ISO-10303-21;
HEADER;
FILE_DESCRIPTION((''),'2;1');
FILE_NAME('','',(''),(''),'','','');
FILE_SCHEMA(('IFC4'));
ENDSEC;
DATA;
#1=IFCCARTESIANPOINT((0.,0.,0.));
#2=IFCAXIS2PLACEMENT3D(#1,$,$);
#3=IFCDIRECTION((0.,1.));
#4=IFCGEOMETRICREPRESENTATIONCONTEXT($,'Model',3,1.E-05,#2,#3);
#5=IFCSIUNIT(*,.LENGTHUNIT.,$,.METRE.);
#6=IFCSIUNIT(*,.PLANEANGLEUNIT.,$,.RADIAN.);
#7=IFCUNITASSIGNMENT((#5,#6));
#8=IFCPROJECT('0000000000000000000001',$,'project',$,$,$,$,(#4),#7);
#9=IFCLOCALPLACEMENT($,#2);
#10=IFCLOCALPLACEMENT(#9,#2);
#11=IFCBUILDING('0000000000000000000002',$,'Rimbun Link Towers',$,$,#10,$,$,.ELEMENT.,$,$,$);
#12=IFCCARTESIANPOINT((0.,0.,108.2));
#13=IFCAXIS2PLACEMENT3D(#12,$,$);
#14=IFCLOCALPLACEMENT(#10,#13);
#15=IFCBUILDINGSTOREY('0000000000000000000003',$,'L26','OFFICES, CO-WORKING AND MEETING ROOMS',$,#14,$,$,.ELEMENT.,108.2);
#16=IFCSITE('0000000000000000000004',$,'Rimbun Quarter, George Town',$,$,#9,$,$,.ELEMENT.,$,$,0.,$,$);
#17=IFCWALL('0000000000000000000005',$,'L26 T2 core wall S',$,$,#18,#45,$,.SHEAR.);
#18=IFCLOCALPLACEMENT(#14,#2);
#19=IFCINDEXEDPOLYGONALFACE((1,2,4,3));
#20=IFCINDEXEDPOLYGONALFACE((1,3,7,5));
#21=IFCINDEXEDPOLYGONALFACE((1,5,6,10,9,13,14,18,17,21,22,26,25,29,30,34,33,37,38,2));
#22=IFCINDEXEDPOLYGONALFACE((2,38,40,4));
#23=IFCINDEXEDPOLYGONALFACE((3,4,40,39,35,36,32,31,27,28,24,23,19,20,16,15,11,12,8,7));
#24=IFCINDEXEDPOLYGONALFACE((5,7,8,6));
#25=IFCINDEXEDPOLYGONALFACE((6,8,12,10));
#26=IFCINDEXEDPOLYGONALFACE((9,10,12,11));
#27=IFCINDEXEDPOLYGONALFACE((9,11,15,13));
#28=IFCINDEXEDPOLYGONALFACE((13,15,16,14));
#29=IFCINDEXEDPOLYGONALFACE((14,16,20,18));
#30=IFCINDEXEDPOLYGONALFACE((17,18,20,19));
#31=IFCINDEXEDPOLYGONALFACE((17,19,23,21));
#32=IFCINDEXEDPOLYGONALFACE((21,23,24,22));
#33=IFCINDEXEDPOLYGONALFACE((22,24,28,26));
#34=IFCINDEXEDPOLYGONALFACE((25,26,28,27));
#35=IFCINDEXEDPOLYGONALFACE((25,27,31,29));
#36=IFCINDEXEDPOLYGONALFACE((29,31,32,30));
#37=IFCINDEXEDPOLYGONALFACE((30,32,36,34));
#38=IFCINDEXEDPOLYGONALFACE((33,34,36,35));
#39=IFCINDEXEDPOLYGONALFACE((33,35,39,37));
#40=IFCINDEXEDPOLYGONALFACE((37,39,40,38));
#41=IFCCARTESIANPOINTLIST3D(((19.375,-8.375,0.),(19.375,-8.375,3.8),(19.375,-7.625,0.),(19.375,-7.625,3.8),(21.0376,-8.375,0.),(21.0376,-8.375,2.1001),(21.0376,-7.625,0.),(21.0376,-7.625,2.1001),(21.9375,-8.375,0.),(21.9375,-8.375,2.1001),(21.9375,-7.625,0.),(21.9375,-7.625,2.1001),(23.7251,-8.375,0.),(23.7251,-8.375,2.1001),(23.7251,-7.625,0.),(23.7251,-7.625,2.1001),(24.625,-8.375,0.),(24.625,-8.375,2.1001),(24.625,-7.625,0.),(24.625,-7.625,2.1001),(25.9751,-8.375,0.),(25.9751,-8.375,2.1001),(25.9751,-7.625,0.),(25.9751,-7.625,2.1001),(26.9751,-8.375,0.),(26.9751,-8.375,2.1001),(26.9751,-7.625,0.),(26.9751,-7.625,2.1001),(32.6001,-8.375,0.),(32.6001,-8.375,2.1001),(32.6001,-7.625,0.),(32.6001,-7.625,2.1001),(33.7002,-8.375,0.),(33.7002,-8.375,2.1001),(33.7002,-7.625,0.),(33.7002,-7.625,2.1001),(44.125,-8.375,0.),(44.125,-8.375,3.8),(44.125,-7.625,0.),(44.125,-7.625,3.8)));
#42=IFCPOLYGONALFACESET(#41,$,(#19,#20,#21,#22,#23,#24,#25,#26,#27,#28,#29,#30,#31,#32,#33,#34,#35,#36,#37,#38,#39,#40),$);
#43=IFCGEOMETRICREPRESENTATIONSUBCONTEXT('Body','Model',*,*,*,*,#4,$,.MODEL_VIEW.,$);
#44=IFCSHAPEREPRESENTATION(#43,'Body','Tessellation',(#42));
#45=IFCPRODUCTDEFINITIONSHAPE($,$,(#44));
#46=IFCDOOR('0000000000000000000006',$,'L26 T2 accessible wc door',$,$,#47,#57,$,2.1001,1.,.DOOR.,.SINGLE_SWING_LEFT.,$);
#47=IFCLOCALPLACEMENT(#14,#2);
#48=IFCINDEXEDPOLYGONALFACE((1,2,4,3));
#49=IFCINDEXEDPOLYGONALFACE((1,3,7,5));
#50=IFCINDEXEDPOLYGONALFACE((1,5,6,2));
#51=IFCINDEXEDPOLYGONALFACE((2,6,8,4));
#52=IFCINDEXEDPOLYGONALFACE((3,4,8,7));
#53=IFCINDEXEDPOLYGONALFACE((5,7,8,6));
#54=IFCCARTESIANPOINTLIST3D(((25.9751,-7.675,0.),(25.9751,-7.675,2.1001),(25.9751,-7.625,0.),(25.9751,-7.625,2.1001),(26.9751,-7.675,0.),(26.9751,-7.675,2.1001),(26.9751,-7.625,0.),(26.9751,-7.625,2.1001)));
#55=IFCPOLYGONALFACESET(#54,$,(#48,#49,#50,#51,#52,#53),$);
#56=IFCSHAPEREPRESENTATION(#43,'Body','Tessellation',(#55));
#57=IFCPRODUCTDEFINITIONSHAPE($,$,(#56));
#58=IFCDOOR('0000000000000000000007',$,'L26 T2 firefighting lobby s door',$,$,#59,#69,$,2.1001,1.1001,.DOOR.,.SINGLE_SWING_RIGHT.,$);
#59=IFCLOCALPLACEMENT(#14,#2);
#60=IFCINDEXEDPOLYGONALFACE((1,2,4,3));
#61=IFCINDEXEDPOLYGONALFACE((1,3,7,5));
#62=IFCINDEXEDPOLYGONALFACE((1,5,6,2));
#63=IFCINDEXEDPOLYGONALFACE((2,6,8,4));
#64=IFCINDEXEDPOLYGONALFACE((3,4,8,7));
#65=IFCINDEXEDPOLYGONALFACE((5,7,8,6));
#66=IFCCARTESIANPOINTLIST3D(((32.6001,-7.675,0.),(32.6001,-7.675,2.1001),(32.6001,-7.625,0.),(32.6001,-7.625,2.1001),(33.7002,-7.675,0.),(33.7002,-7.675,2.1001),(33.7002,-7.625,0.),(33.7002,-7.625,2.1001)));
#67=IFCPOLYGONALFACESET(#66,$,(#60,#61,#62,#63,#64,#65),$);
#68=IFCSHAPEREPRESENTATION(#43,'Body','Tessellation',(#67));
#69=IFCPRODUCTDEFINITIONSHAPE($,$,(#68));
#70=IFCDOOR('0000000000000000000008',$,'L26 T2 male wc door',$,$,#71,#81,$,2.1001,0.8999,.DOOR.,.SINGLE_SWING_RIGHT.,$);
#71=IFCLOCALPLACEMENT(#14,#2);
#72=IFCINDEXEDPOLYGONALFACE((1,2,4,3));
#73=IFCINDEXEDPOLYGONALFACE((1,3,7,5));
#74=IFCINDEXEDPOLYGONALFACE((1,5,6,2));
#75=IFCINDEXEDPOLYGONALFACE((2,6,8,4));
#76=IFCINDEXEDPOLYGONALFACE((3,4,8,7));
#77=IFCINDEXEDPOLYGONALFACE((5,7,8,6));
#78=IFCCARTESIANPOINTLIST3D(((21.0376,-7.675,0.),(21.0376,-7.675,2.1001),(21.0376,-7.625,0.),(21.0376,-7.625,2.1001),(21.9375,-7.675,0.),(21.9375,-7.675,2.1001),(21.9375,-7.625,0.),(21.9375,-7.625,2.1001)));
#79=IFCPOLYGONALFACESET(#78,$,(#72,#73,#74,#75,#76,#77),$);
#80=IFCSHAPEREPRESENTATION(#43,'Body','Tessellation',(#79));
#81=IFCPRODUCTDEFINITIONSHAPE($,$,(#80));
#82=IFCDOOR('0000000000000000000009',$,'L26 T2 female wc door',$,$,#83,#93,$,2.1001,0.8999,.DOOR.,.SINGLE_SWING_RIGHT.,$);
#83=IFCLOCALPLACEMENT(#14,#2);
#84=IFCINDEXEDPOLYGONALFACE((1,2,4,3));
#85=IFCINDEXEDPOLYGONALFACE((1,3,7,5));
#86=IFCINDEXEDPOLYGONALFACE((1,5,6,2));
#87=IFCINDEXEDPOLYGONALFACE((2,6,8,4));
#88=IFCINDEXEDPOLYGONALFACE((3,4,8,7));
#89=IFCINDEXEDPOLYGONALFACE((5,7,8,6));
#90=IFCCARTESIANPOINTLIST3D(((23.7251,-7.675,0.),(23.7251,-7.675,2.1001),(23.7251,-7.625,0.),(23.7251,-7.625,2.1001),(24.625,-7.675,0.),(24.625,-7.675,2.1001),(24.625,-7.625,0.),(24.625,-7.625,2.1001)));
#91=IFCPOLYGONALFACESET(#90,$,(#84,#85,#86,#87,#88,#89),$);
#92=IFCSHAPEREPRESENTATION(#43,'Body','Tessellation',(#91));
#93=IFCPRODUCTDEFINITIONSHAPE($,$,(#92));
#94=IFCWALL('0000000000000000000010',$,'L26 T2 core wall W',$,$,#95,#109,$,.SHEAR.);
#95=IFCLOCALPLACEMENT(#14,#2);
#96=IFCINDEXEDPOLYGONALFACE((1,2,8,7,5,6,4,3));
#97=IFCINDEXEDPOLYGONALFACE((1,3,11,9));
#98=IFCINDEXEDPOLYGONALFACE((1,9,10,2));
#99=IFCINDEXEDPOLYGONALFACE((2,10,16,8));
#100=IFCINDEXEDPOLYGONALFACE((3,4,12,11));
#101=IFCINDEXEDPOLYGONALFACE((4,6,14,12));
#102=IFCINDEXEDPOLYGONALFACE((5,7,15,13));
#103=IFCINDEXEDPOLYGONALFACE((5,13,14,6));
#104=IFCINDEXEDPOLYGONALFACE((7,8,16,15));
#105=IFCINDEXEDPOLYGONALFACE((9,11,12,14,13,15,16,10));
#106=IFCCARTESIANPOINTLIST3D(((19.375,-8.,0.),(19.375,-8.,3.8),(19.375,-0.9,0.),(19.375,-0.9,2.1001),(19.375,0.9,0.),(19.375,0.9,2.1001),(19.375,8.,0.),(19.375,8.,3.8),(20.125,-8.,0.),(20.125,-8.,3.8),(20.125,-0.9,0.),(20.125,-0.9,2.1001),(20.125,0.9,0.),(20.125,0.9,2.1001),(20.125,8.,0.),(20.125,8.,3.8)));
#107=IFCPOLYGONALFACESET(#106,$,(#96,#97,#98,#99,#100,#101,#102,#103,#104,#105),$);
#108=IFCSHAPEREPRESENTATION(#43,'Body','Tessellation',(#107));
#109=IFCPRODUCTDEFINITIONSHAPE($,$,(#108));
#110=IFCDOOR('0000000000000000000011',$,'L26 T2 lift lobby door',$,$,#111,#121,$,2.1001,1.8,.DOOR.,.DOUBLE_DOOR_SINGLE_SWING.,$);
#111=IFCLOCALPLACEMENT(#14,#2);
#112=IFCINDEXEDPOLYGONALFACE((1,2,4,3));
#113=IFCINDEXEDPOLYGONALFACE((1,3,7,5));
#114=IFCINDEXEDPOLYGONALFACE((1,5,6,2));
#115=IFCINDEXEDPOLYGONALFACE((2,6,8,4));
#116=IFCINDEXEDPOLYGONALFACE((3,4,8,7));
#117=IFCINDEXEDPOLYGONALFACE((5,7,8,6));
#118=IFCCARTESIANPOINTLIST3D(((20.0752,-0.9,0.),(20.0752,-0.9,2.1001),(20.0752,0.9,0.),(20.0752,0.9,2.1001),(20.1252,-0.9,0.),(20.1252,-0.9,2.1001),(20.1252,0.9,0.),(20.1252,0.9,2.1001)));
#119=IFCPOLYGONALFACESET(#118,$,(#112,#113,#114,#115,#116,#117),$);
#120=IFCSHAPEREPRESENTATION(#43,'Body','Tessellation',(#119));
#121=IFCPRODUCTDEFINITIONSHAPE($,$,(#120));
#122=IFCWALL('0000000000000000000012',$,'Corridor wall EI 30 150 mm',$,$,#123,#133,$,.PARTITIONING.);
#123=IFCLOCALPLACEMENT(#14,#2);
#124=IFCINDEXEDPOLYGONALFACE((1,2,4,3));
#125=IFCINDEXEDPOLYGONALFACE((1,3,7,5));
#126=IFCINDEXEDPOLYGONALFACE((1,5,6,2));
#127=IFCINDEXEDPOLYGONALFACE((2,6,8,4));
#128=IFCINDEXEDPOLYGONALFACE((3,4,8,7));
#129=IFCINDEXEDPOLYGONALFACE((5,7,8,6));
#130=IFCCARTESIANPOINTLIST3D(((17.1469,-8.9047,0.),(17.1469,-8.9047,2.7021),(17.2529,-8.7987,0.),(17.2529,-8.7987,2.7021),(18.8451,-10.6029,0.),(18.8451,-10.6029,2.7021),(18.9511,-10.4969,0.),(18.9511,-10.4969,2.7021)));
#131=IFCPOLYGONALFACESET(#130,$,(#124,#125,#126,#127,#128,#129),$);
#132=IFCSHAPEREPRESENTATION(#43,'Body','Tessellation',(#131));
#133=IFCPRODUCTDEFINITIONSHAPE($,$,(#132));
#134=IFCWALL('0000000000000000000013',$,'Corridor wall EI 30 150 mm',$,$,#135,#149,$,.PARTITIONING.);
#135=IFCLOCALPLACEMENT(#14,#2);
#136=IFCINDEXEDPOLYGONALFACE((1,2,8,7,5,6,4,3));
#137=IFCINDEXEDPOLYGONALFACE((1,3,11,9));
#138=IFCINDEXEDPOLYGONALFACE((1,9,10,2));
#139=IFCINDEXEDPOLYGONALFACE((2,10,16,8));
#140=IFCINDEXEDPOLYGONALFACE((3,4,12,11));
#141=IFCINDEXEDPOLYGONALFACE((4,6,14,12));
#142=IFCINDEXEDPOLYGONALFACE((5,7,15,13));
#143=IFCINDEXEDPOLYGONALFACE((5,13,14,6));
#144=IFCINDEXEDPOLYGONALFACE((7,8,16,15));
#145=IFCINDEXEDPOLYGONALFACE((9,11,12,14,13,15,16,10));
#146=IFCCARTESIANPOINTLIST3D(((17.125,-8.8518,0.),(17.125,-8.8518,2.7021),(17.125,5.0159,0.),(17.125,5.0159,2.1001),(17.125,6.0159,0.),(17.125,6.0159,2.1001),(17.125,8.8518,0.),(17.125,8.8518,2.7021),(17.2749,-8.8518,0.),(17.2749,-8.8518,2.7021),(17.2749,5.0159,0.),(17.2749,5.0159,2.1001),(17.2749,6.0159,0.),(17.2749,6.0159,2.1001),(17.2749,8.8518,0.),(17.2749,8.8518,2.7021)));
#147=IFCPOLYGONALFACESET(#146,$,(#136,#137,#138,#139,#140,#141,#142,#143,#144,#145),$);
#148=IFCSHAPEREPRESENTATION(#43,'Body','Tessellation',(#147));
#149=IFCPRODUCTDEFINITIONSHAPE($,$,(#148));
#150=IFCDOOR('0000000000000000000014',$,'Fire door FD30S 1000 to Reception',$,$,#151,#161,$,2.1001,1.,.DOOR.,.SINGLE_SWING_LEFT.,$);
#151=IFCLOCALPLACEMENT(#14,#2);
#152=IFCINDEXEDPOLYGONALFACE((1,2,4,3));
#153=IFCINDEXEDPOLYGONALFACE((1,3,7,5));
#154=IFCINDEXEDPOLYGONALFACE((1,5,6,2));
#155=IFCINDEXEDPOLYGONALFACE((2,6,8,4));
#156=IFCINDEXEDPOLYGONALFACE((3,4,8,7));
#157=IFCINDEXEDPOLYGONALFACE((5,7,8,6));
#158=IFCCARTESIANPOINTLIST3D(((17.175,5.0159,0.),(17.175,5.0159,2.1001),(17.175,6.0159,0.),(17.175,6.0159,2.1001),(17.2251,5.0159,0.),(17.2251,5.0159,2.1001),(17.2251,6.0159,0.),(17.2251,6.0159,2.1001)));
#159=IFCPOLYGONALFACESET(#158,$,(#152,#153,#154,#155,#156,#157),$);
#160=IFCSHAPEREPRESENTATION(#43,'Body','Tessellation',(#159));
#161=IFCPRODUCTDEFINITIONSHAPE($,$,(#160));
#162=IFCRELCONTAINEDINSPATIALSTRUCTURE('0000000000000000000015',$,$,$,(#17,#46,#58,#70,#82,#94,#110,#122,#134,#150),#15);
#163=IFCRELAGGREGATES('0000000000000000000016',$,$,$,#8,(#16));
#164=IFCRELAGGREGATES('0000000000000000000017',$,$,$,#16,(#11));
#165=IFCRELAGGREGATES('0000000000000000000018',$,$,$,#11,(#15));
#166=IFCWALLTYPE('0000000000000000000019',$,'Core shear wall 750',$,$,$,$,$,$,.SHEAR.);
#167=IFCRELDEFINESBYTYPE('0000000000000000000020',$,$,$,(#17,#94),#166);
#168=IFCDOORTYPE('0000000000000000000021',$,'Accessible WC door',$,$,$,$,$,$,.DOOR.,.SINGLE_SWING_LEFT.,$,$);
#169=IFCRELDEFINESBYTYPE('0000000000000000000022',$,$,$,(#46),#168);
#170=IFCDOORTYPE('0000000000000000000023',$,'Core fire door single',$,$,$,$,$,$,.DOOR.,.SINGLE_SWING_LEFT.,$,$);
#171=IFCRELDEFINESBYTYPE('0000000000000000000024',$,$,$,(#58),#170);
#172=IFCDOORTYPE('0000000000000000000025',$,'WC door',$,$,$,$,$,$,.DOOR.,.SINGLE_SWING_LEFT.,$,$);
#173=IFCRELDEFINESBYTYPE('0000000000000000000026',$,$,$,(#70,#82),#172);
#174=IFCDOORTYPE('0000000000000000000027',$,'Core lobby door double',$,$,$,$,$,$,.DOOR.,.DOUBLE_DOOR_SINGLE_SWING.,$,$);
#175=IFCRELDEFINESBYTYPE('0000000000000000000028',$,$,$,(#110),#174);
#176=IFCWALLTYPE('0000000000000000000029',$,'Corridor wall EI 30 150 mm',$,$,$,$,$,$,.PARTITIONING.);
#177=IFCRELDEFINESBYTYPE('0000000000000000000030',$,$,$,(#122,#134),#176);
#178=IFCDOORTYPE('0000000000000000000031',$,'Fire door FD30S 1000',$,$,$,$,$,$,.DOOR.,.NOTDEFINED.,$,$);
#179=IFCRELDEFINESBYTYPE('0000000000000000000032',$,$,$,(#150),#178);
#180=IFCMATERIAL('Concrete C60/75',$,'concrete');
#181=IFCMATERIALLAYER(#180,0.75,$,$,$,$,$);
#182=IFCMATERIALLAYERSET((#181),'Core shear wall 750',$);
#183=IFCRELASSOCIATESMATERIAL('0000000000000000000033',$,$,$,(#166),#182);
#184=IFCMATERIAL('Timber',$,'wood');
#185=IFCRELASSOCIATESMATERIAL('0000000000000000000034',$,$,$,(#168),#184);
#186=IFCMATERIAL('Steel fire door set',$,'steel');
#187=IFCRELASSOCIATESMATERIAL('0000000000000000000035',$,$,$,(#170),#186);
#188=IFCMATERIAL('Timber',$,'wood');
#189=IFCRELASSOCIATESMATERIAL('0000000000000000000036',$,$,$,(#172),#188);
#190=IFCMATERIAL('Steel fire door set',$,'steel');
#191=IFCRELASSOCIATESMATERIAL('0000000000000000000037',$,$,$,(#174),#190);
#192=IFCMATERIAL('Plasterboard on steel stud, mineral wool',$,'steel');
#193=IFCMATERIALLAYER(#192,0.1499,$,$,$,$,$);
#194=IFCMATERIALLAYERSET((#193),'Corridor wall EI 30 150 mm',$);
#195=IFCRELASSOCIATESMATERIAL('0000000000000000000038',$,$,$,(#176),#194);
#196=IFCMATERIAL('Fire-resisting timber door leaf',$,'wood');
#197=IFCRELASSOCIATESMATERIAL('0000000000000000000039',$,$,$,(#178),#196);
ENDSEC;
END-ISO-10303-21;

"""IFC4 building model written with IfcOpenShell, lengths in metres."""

from ifc_helpers import new_model, si_unit, direction, frame, frame_2d, origin, place, context, subcontext, project, spatial, rectangle, extrude, material, layer, layer_set, type_object, element, fill, save


model = new_model("IFC4")

# Units and contexts
model_context = context("Model", 3, precision=1e-05, world=origin(), true_north=direction((0.0, 1.0)))
body_context = subcontext(model_context, "Body", "Model", "MODEL_VIEW")
ifc_project = project(units=[si_unit("LENGTHUNIT", "METRE"), si_unit("PLANEANGLEUNIT", "RADIAN")], contexts=[model_context])

# Site, building, storey
site_placement = place(None, origin())
site = spatial("IfcSite", under=ifc_project, at=site_placement, Name="Rimbun Quarter, George Town", CompositionType="ELEMENT", RefElevation=0.0)
building_placement = place(site_placement, origin())
building = spatial("IfcBuilding", under=site, at=building_placement, Name="Rimbun Link Towers", CompositionType="ELEMENT")
storey_placement = place(building_placement, frame((0.0, 0.0, 108.2)))
storey = spatial("IfcBuildingStorey", under=building, at=storey_placement, Name="L26", Description="OFFICES, CO-WORKING AND MEETING ROOMS", CompositionType="ELEMENT", Elevation=108.2)

# Wall, openings, doors
ifc_material_1 = material(Name="Concrete C60/75", Category="concrete")
ifc_layer_1 = layer(ifc_material_1, 0.75)
ifc_layer_set_1 = layer_set([ifc_layer_1], Name="Core shear wall 750")
wall_type_1 = type_object("IfcWallType", Name="Core shear wall 750", PredefinedType="SHEAR", material=ifc_layer_set_1)
wall_1_placement = place(storey_placement, frame((19.375, -8.0, 0.0), z_axis=(0.0, 0.0, 1.0), x_axis=(1.0, 0.0, 0.0)))
wall_1 = element("IfcWall", 1, at=wall_1_placement, inside=storey, type_object=wall_type_1, Name="L26 T2 core wall S", PredefinedType="SHEAR", context=body_context, shape_type="SweptSolid", body=[
    extrude(rectangle(XDim=24.75, YDim=0.75, at=frame_2d((12.375, 0.0))), origin(), (0.0, 0.0, 1.0), 3.8),
])
opening_1_placement = place(wall_1_placement, frame((13.2251, 0.0, 0.0)))
opening_1 = element("IfcOpeningElement", 2, at=opening_1_placement, cuts=wall_1, PredefinedType="OPENING", context=body_context, shape_type="SweptSolid", body=[
    extrude(rectangle(XDim=1.1001, YDim=2.1001, at=frame_2d((0.55, 1.05))), frame((0.0, 0.385, 0.0), z_axis=(0.0, -1.0, 0.0), x_axis=(1.0, 0.0, 0.0)), (0.0, 0.0, 1.0), 0.77),
])
opening_2_placement = place(wall_1_placement, frame((1.6626, 0.0, 0.0)))
opening_2 = element("IfcOpeningElement", 3, at=opening_2_placement, cuts=wall_1, PredefinedType="OPENING", context=body_context, shape_type="SweptSolid", body=[
    extrude(rectangle(XDim=0.8999, YDim=2.1001, at=frame_2d((0.45, 1.05))), frame((0.0, 0.385, 0.0), z_axis=(0.0, -1.0, 0.0), x_axis=(1.0, 0.0, 0.0)), (0.0, 0.0, 1.0), 0.77),
])
opening_3_placement = place(wall_1_placement, frame((4.3501, 0.0, 0.0)))
opening_3 = element("IfcOpeningElement", 4, at=opening_3_placement, cuts=wall_1, PredefinedType="OPENING", context=body_context, shape_type="SweptSolid", body=[
    extrude(rectangle(XDim=0.8999, YDim=2.1001, at=frame_2d((0.45, 1.05))), frame((0.0, 0.385, 0.0), z_axis=(0.0, -1.0, 0.0), x_axis=(1.0, 0.0, 0.0)), (0.0, 0.0, 1.0), 0.77),
])
opening_4_placement = place(wall_1_placement, frame((6.6001, 0.0, 0.0)))
opening_4 = element("IfcOpeningElement", 5, at=opening_4_placement, cuts=wall_1, PredefinedType="OPENING", context=body_context, shape_type="SweptSolid", body=[
    extrude(rectangle(XDim=1.0, YDim=2.1001, at=frame_2d((0.5, 1.05))), frame((0.0, 0.385, 0.0), z_axis=(0.0, -1.0, 0.0), x_axis=(1.0, 0.0, 0.0)), (0.0, 0.0, 1.0), 0.77),
])
ifc_material_2 = material(Name="Timber", Category="wood")
door_type_1 = type_object("IfcDoorType", Name="Accessible WC door", OperationType="SINGLE_SWING_LEFT", PredefinedType="DOOR", material=ifc_material_2)
door_1_placement = place(opening_4_placement, origin())
door_1 = element("IfcDoor", 6, at=door_1_placement, inside=storey, type_object=door_type_1, Name="L26 T2 accessible wc door", OperationType="SINGLE_SWING_LEFT", OverallHeight=2.1001, OverallWidth=1.0, PredefinedType="DOOR", context=body_context, shape_type="SweptSolid", body=[
    extrude(rectangle(XDim=1.0, YDim=2.1001, at=frame_2d((0.5, 1.05))), frame((0.0, 0.375, 0.0), z_axis=(0.0, -1.0, 0.0), x_axis=(1.0, 0.0, 0.0)), (0.0, 0.0, 1.0), 0.05),
])
fill(opening_4, door_1)
ifc_material_3 = material(Name="Steel fire door set", Category="steel")
door_type_2 = type_object("IfcDoorType", Name="Core fire door single", OperationType="SINGLE_SWING_LEFT", PredefinedType="DOOR", material=ifc_material_3)
door_2_placement = place(opening_1_placement, origin())
door_2 = element("IfcDoor", 7, at=door_2_placement, inside=storey, type_object=door_type_2, Name="L26 T2 firefighting lobby s door", OperationType="SINGLE_SWING_RIGHT", OverallHeight=2.1001, OverallWidth=1.1001, PredefinedType="DOOR", context=body_context, shape_type="SweptSolid", body=[
    extrude(rectangle(XDim=1.1001, YDim=2.1001, at=frame_2d((0.55, 1.05))), frame((0.0, 0.375, 0.0), z_axis=(0.0, -1.0, 0.0), x_axis=(1.0, 0.0, 0.0)), (0.0, 0.0, 1.0), 0.05),
])
fill(opening_1, door_2)
ifc_material_4 = material(Name="Timber", Category="wood")
door_type_3 = type_object("IfcDoorType", Name="WC door", OperationType="SINGLE_SWING_LEFT", PredefinedType="DOOR", material=ifc_material_4)
door_3_placement = place(opening_2_placement, origin())
door_3 = element("IfcDoor", 8, at=door_3_placement, inside=storey, type_object=door_type_3, Name="L26 T2 male wc door", OperationType="SINGLE_SWING_RIGHT", OverallHeight=2.1001, OverallWidth=0.8999, PredefinedType="DOOR", context=body_context, shape_type="SweptSolid", body=[
    extrude(rectangle(XDim=0.8999, YDim=2.1001, at=frame_2d((0.45, 1.05))), frame((0.0, 0.375, 0.0), z_axis=(0.0, -1.0, 0.0), x_axis=(1.0, 0.0, 0.0)), (0.0, 0.0, 1.0), 0.05),
])
fill(opening_2, door_3)
door_4_placement = place(opening_3_placement, origin())
door_4 = element("IfcDoor", 9, at=door_4_placement, inside=storey, type_object=door_type_3, Name="L26 T2 female wc door", OperationType="SINGLE_SWING_RIGHT", OverallHeight=2.1001, OverallWidth=0.8999, PredefinedType="DOOR", context=body_context, shape_type="SweptSolid", body=[
    extrude(rectangle(XDim=0.8999, YDim=2.1001, at=frame_2d((0.45, 1.05))), frame((0.0, 0.375, 0.0), z_axis=(0.0, -1.0, 0.0), x_axis=(1.0, 0.0, 0.0)), (0.0, 0.0, 1.0), 0.05),
])
fill(opening_3, door_4)

# Wall, opening, door
wall_2_placement = place(storey_placement, frame((19.75, -8.0, 0.0), z_axis=(0.0, 0.0, 1.0), x_axis=(0.0, 1.0, 0.0)))
wall_2 = element("IfcWall", 10, at=wall_2_placement, inside=storey, type_object=wall_type_1, Name="L26 T2 core wall W", PredefinedType="SHEAR", context=body_context, shape_type="SweptSolid", body=[
    extrude(rectangle(XDim=16.0, YDim=0.75, at=frame_2d((8.0, 0.0))), origin(), (0.0, 0.0, 1.0), 3.8),
])
opening_5_placement = place(wall_2_placement, frame((7.1001, 0.0, 0.0)))
opening_5 = element("IfcOpeningElement", 11, at=opening_5_placement, cuts=wall_2, PredefinedType="OPENING", context=body_context, shape_type="SweptSolid", body=[
    extrude(rectangle(XDim=1.8, YDim=2.1001, at=frame_2d((0.8999, 1.05))), frame((0.0, 0.385, 0.0), z_axis=(0.0, -1.0, 0.0), x_axis=(1.0, 0.0, 0.0)), (0.0, 0.0, 1.0), 0.77),
])
ifc_material_5 = material(Name="Steel fire door set", Category="steel")
door_type_4 = type_object("IfcDoorType", Name="Core lobby door double", OperationType="DOUBLE_DOOR_SINGLE_SWING", PredefinedType="DOOR", material=ifc_material_5)
door_5_placement = place(opening_5_placement, origin())
door_5 = element("IfcDoor", 12, at=door_5_placement, inside=storey, type_object=door_type_4, Name="L26 T2 lift lobby door", OperationType="DOUBLE_DOOR_SINGLE_SWING", OverallHeight=2.1001, OverallWidth=1.8, PredefinedType="DOOR", context=body_context, shape_type="SweptSolid", body=[
    extrude(rectangle(XDim=1.8, YDim=2.1001, at=frame_2d((0.8999, 1.05))), frame((0.0, -0.3252, 0.0), z_axis=(0.0, -1.0, 0.0), x_axis=(1.0, 0.0, 0.0)), (0.0, 0.0, 1.0), 0.05),
])
fill(opening_5, door_5)

# Wall
ifc_material_6 = material(Name="Plasterboard on steel stud, mineral wool", Category="steel")
ifc_layer_2 = layer(ifc_material_6, 0.1499)
ifc_layer_set_2 = layer_set([ifc_layer_2], Name="Corridor wall EI 30 150 mm")
wall_type_2 = type_object("IfcWallType", Name="Corridor wall EI 30 150 mm", PredefinedType="PARTITIONING", material=ifc_layer_set_2)
wall_3_placement = place(storey_placement, frame((17.2, -8.8518, 0.0), z_axis=(0.0, 0.0, 1.0), x_axis=(0.707107, -0.707107, 0.0)))
element("IfcWall", 13, at=wall_3_placement, inside=storey, type_object=wall_type_2, Name="Corridor wall EI 30 150 mm", PredefinedType="PARTITIONING", context=body_context, shape_type="SweptSolid", body=[
    extrude(rectangle(XDim=2.4016, YDim=0.1499, at=frame_2d((1.2007, 0.0))), origin(), (0.0, 0.0, 1.0), 2.7021),
])

# Wall, opening, door
wall_4_placement = place(storey_placement, frame((17.2, -8.8518, 0.0), z_axis=(0.0, 0.0, 1.0), x_axis=(0.0, 1.0, 0.0)))
wall_4 = element("IfcWall", 14, at=wall_4_placement, inside=storey, type_object=wall_type_2, Name="Corridor wall EI 30 150 mm", PredefinedType="PARTITIONING", context=body_context, shape_type="SweptSolid", body=[
    extrude(rectangle(XDim=17.7036, YDim=0.1499, at=frame_2d((8.8518, 0.0))), origin(), (0.0, 0.0, 1.0), 2.7021),
])
opening_6_placement = place(wall_4_placement, frame((13.8677, 0.0, 0.0)))
opening_6 = element("IfcOpeningElement", 15, at=opening_6_placement, cuts=wall_4, PredefinedType="OPENING", context=body_context, shape_type="SweptSolid", body=[
    extrude(rectangle(XDim=1.0, YDim=2.1001, at=frame_2d((0.5, 1.05))), frame((0.0, 0.085, 0.0), z_axis=(0.0, -1.0, 0.0), x_axis=(1.0, 0.0, 0.0)), (0.0, 0.0, 1.0), 0.1699),
])
ifc_material_7 = material(Name="Fire-resisting timber door leaf", Category="wood")
door_type_5 = type_object("IfcDoorType", Name="Fire door FD30S 1000", OperationType="NOTDEFINED", PredefinedType="DOOR", material=ifc_material_7)
door_6_placement = place(opening_6_placement, origin())
door_6 = element("IfcDoor", 16, at=door_6_placement, inside=storey, type_object=door_type_5, Name="Fire door FD30S 1000 to Reception", OperationType="SINGLE_SWING_LEFT", OverallHeight=2.1001, OverallWidth=1.0, PredefinedType="DOOR", context=body_context, shape_type="SweptSolid", body=[
    extrude(rectangle(XDim=1.0, YDim=2.1001, at=frame_2d((0.5, 1.05))), frame((0.0, 0.0249, 0.0), z_axis=(0.0, -1.0, 0.0), x_axis=(1.0, 0.0, 0.0)), (0.0, 0.0, 1.0), 0.05),
])
fill(opening_6, door_6)

save(model, "model.ifc")
